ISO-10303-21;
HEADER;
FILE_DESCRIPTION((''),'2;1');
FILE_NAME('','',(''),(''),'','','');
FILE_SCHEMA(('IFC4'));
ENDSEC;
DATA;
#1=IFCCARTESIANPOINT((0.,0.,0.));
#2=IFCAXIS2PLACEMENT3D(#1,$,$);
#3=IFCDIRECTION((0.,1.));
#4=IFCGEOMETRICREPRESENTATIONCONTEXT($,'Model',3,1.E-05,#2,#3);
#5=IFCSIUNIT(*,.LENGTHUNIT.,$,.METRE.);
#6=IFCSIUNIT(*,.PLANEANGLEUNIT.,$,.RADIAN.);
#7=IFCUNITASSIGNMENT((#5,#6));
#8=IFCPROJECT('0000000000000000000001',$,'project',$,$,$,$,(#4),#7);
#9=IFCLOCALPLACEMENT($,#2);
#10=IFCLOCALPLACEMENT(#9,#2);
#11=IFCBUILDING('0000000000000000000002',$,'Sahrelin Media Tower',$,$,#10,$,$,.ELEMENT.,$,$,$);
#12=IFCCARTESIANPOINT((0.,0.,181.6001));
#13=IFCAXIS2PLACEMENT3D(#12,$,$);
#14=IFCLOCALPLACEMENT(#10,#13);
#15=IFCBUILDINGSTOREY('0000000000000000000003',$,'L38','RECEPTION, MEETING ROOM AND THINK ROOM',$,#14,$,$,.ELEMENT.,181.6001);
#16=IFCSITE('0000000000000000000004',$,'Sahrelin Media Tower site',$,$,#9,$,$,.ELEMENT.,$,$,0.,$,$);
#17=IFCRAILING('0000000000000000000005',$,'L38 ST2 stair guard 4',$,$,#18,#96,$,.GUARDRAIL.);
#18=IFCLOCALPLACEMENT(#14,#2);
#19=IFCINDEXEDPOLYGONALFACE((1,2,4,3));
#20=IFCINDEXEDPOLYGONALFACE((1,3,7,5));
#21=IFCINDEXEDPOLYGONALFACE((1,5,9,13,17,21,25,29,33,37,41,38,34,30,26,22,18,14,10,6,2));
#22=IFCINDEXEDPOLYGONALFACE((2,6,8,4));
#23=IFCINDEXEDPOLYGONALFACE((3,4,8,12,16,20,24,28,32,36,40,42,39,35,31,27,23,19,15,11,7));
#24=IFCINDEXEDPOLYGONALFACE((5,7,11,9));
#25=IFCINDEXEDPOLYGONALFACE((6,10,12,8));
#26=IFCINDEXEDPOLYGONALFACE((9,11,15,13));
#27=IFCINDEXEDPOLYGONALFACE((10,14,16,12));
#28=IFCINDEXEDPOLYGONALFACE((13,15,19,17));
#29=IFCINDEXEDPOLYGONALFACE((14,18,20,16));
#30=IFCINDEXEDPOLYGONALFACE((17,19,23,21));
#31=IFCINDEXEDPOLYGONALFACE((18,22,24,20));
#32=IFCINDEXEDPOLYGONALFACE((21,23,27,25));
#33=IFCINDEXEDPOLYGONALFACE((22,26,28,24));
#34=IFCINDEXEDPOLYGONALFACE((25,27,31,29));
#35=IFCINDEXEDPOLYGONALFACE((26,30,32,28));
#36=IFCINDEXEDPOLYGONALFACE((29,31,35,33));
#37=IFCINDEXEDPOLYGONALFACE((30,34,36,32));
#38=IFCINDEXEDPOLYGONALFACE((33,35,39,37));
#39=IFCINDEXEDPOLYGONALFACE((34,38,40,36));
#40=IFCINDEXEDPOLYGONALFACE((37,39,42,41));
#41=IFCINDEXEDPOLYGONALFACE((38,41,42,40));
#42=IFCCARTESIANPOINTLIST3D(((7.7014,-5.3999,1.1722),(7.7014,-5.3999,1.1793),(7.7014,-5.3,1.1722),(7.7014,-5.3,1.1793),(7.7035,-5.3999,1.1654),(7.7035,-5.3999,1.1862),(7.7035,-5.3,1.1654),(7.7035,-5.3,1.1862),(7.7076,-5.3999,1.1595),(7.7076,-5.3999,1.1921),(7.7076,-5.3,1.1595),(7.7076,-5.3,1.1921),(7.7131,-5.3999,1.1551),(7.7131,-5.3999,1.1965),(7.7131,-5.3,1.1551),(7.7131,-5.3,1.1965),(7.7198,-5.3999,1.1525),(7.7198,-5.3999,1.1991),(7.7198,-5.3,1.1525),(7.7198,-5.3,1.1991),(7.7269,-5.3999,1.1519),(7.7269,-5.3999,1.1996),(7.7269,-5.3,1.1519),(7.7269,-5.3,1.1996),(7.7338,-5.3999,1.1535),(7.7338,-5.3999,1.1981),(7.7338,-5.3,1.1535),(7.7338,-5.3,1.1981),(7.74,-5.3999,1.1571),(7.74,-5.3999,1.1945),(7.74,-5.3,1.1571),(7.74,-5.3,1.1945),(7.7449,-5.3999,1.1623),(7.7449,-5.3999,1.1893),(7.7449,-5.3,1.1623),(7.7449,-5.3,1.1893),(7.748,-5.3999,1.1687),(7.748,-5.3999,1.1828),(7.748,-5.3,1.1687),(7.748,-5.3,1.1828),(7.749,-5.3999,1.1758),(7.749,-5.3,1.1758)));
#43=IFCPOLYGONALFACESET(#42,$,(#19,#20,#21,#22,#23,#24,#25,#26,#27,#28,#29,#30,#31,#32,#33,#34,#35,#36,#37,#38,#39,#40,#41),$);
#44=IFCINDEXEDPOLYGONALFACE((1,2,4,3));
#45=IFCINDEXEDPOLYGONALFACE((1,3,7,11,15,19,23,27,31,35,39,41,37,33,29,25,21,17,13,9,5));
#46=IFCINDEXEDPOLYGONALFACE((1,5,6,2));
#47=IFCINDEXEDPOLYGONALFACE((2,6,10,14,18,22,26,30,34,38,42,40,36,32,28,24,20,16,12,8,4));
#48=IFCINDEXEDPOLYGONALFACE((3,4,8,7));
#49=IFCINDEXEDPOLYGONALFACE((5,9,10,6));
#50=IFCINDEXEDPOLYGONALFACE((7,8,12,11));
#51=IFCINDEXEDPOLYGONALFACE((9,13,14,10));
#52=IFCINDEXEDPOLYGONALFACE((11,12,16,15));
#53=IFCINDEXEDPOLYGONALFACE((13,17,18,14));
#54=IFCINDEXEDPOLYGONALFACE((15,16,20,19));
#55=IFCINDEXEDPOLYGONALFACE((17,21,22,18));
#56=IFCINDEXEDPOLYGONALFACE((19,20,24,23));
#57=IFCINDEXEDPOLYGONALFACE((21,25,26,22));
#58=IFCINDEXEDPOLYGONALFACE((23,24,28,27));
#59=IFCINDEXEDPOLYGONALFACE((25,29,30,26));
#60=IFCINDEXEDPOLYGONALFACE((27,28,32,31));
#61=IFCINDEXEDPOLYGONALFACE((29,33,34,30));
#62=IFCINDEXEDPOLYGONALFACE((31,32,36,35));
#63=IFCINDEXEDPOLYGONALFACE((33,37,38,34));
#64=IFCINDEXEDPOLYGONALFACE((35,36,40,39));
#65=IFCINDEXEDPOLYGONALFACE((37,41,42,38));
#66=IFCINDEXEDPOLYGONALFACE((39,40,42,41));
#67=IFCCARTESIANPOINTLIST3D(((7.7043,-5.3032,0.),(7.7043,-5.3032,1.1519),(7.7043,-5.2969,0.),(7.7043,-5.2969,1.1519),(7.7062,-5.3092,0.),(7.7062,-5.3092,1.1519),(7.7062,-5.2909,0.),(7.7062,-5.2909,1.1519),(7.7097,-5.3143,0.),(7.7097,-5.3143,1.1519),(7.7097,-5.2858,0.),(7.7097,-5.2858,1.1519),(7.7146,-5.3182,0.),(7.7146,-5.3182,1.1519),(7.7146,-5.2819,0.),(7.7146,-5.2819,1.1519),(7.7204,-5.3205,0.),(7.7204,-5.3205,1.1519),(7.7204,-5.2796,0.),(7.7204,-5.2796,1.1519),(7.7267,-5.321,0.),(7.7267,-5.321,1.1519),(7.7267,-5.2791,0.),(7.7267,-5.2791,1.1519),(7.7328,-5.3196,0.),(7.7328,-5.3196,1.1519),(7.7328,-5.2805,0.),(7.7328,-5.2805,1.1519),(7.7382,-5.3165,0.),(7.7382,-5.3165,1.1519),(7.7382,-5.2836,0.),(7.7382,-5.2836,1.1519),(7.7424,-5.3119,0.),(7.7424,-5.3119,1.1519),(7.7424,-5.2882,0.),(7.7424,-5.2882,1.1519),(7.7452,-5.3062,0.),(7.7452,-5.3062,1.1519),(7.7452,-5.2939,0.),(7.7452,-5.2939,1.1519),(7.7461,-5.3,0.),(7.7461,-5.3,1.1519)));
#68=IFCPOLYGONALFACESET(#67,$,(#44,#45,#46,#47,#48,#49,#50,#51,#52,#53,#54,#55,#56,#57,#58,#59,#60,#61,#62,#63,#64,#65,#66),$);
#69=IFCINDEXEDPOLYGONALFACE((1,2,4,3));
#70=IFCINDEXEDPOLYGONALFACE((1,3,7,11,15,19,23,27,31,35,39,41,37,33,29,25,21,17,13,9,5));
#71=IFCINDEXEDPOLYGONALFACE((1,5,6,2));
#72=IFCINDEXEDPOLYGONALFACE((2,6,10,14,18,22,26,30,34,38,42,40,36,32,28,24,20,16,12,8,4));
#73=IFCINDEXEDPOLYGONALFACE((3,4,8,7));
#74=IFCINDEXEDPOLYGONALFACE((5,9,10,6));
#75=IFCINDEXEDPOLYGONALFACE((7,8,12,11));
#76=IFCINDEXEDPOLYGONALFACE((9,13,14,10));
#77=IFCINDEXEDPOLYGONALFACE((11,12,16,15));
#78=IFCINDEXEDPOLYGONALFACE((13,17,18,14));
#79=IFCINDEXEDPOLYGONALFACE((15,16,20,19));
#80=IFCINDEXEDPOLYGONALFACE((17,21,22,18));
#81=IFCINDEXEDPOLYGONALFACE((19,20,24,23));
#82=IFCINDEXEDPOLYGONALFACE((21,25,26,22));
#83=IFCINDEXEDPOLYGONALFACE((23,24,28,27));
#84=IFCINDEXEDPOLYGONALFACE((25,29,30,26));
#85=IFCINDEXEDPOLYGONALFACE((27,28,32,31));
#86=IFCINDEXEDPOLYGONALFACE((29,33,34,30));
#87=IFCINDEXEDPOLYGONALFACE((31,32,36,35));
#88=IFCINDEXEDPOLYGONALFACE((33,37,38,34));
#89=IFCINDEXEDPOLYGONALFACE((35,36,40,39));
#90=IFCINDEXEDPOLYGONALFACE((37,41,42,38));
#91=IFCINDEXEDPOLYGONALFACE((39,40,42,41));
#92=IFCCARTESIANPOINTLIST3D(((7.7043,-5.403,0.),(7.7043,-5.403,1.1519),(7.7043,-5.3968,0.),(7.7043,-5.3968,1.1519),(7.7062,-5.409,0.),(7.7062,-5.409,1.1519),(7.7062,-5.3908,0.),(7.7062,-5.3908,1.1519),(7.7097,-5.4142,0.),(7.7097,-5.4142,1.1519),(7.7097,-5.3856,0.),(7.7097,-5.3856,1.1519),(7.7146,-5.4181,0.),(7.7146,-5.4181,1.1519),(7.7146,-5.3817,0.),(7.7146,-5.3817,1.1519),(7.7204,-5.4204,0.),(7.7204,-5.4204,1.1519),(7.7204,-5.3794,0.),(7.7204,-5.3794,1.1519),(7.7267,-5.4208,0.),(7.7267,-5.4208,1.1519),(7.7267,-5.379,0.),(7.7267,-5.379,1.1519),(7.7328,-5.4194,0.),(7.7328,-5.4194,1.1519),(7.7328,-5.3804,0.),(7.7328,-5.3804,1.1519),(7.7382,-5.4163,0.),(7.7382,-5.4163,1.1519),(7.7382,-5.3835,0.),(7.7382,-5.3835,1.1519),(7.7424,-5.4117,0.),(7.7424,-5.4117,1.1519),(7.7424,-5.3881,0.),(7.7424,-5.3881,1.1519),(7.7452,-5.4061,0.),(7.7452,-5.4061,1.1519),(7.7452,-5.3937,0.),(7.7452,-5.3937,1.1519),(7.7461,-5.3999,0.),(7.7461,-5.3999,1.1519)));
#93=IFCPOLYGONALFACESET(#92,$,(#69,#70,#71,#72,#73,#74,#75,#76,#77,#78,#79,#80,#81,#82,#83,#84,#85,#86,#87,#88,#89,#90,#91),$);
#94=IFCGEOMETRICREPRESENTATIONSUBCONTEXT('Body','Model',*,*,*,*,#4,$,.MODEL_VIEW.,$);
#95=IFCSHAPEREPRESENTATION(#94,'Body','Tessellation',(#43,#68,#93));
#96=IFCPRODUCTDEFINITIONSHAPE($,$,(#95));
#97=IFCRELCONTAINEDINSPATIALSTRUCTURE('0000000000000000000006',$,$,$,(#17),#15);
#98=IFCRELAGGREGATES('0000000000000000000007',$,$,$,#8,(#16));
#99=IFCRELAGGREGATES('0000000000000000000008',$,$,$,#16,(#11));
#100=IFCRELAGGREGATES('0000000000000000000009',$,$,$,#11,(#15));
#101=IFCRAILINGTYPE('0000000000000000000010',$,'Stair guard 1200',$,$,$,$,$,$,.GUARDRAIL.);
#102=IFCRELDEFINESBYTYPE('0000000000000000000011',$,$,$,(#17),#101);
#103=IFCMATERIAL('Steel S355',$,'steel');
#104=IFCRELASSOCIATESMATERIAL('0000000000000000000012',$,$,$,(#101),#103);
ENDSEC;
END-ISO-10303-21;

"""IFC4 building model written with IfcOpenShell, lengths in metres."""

from ifc_helpers import new_model, si_unit, direction, frame, origin, origin_2d, place, context, subcontext, project, spatial, circle, extrude, material, type_object, element, save


model = new_model("IFC4")

# Units and contexts
model_context = context("Model", 3, precision=1e-05, world=origin(), true_north=direction((0.0, 1.0)))
body_context = subcontext(model_context, "Body", "Model", "MODEL_VIEW")
ifc_project = project(units=[si_unit("LENGTHUNIT", "METRE"), si_unit("PLANEANGLEUNIT", "RADIAN")], contexts=[model_context])

# Site, building, storey
site_placement = place(None, origin())
site = spatial("IfcSite", under=ifc_project, at=site_placement, Name="Sahrelin Media Tower site", CompositionType="ELEMENT", RefElevation=0.0)
building_placement = place(site_placement, origin())
building = spatial("IfcBuilding", under=site, at=building_placement, Name="Sahrelin Media Tower", CompositionType="ELEMENT")
storey_placement = place(building_placement, frame((0.0, 0.0, 181.6001)))
storey = spatial("IfcBuildingStorey", under=building, at=storey_placement, Name="L38", Description="RECEPTION, MEETING ROOM AND THINK ROOM", CompositionType="ELEMENT", Elevation=181.6001)

# Railing
ifc_material_1 = material(Name="Steel S355", Category="steel")
railing_type_1 = type_object("IfcRailingType", Name="Stair guard 1200", PredefinedType="GUARDRAIL", material=ifc_material_1)
railing_1_placement = place(storey_placement, frame((7.7251, -5.3, 0.0)))
element("IfcRailing", 1, at=railing_1_placement, inside=storey, type_object=railing_type_1, Name="L38 ST2 stair guard 4", PredefinedType="GUARDRAIL", context=body_context, shape_type="SweptSolid", body=[
    extrude(circle(Radius=0.0239, at=origin_2d()), frame((0.0, 0.0, 1.1758), z_axis=(0.0, -1.0, 0.0), x_axis=(1.0, 0.0, 0.0)), (0.0, 0.0, 1.0), 0.0999),
    extrude(circle(Radius=0.021, at=origin_2d()), origin(), (0.0, 0.0, 1.0), 1.1519),
    extrude(circle(Radius=0.021, at=origin_2d()), frame((0.0, -0.0999, 0.0)), (0.0, 0.0, 1.0), 1.1519),
])

save(model, "model.ifc")
